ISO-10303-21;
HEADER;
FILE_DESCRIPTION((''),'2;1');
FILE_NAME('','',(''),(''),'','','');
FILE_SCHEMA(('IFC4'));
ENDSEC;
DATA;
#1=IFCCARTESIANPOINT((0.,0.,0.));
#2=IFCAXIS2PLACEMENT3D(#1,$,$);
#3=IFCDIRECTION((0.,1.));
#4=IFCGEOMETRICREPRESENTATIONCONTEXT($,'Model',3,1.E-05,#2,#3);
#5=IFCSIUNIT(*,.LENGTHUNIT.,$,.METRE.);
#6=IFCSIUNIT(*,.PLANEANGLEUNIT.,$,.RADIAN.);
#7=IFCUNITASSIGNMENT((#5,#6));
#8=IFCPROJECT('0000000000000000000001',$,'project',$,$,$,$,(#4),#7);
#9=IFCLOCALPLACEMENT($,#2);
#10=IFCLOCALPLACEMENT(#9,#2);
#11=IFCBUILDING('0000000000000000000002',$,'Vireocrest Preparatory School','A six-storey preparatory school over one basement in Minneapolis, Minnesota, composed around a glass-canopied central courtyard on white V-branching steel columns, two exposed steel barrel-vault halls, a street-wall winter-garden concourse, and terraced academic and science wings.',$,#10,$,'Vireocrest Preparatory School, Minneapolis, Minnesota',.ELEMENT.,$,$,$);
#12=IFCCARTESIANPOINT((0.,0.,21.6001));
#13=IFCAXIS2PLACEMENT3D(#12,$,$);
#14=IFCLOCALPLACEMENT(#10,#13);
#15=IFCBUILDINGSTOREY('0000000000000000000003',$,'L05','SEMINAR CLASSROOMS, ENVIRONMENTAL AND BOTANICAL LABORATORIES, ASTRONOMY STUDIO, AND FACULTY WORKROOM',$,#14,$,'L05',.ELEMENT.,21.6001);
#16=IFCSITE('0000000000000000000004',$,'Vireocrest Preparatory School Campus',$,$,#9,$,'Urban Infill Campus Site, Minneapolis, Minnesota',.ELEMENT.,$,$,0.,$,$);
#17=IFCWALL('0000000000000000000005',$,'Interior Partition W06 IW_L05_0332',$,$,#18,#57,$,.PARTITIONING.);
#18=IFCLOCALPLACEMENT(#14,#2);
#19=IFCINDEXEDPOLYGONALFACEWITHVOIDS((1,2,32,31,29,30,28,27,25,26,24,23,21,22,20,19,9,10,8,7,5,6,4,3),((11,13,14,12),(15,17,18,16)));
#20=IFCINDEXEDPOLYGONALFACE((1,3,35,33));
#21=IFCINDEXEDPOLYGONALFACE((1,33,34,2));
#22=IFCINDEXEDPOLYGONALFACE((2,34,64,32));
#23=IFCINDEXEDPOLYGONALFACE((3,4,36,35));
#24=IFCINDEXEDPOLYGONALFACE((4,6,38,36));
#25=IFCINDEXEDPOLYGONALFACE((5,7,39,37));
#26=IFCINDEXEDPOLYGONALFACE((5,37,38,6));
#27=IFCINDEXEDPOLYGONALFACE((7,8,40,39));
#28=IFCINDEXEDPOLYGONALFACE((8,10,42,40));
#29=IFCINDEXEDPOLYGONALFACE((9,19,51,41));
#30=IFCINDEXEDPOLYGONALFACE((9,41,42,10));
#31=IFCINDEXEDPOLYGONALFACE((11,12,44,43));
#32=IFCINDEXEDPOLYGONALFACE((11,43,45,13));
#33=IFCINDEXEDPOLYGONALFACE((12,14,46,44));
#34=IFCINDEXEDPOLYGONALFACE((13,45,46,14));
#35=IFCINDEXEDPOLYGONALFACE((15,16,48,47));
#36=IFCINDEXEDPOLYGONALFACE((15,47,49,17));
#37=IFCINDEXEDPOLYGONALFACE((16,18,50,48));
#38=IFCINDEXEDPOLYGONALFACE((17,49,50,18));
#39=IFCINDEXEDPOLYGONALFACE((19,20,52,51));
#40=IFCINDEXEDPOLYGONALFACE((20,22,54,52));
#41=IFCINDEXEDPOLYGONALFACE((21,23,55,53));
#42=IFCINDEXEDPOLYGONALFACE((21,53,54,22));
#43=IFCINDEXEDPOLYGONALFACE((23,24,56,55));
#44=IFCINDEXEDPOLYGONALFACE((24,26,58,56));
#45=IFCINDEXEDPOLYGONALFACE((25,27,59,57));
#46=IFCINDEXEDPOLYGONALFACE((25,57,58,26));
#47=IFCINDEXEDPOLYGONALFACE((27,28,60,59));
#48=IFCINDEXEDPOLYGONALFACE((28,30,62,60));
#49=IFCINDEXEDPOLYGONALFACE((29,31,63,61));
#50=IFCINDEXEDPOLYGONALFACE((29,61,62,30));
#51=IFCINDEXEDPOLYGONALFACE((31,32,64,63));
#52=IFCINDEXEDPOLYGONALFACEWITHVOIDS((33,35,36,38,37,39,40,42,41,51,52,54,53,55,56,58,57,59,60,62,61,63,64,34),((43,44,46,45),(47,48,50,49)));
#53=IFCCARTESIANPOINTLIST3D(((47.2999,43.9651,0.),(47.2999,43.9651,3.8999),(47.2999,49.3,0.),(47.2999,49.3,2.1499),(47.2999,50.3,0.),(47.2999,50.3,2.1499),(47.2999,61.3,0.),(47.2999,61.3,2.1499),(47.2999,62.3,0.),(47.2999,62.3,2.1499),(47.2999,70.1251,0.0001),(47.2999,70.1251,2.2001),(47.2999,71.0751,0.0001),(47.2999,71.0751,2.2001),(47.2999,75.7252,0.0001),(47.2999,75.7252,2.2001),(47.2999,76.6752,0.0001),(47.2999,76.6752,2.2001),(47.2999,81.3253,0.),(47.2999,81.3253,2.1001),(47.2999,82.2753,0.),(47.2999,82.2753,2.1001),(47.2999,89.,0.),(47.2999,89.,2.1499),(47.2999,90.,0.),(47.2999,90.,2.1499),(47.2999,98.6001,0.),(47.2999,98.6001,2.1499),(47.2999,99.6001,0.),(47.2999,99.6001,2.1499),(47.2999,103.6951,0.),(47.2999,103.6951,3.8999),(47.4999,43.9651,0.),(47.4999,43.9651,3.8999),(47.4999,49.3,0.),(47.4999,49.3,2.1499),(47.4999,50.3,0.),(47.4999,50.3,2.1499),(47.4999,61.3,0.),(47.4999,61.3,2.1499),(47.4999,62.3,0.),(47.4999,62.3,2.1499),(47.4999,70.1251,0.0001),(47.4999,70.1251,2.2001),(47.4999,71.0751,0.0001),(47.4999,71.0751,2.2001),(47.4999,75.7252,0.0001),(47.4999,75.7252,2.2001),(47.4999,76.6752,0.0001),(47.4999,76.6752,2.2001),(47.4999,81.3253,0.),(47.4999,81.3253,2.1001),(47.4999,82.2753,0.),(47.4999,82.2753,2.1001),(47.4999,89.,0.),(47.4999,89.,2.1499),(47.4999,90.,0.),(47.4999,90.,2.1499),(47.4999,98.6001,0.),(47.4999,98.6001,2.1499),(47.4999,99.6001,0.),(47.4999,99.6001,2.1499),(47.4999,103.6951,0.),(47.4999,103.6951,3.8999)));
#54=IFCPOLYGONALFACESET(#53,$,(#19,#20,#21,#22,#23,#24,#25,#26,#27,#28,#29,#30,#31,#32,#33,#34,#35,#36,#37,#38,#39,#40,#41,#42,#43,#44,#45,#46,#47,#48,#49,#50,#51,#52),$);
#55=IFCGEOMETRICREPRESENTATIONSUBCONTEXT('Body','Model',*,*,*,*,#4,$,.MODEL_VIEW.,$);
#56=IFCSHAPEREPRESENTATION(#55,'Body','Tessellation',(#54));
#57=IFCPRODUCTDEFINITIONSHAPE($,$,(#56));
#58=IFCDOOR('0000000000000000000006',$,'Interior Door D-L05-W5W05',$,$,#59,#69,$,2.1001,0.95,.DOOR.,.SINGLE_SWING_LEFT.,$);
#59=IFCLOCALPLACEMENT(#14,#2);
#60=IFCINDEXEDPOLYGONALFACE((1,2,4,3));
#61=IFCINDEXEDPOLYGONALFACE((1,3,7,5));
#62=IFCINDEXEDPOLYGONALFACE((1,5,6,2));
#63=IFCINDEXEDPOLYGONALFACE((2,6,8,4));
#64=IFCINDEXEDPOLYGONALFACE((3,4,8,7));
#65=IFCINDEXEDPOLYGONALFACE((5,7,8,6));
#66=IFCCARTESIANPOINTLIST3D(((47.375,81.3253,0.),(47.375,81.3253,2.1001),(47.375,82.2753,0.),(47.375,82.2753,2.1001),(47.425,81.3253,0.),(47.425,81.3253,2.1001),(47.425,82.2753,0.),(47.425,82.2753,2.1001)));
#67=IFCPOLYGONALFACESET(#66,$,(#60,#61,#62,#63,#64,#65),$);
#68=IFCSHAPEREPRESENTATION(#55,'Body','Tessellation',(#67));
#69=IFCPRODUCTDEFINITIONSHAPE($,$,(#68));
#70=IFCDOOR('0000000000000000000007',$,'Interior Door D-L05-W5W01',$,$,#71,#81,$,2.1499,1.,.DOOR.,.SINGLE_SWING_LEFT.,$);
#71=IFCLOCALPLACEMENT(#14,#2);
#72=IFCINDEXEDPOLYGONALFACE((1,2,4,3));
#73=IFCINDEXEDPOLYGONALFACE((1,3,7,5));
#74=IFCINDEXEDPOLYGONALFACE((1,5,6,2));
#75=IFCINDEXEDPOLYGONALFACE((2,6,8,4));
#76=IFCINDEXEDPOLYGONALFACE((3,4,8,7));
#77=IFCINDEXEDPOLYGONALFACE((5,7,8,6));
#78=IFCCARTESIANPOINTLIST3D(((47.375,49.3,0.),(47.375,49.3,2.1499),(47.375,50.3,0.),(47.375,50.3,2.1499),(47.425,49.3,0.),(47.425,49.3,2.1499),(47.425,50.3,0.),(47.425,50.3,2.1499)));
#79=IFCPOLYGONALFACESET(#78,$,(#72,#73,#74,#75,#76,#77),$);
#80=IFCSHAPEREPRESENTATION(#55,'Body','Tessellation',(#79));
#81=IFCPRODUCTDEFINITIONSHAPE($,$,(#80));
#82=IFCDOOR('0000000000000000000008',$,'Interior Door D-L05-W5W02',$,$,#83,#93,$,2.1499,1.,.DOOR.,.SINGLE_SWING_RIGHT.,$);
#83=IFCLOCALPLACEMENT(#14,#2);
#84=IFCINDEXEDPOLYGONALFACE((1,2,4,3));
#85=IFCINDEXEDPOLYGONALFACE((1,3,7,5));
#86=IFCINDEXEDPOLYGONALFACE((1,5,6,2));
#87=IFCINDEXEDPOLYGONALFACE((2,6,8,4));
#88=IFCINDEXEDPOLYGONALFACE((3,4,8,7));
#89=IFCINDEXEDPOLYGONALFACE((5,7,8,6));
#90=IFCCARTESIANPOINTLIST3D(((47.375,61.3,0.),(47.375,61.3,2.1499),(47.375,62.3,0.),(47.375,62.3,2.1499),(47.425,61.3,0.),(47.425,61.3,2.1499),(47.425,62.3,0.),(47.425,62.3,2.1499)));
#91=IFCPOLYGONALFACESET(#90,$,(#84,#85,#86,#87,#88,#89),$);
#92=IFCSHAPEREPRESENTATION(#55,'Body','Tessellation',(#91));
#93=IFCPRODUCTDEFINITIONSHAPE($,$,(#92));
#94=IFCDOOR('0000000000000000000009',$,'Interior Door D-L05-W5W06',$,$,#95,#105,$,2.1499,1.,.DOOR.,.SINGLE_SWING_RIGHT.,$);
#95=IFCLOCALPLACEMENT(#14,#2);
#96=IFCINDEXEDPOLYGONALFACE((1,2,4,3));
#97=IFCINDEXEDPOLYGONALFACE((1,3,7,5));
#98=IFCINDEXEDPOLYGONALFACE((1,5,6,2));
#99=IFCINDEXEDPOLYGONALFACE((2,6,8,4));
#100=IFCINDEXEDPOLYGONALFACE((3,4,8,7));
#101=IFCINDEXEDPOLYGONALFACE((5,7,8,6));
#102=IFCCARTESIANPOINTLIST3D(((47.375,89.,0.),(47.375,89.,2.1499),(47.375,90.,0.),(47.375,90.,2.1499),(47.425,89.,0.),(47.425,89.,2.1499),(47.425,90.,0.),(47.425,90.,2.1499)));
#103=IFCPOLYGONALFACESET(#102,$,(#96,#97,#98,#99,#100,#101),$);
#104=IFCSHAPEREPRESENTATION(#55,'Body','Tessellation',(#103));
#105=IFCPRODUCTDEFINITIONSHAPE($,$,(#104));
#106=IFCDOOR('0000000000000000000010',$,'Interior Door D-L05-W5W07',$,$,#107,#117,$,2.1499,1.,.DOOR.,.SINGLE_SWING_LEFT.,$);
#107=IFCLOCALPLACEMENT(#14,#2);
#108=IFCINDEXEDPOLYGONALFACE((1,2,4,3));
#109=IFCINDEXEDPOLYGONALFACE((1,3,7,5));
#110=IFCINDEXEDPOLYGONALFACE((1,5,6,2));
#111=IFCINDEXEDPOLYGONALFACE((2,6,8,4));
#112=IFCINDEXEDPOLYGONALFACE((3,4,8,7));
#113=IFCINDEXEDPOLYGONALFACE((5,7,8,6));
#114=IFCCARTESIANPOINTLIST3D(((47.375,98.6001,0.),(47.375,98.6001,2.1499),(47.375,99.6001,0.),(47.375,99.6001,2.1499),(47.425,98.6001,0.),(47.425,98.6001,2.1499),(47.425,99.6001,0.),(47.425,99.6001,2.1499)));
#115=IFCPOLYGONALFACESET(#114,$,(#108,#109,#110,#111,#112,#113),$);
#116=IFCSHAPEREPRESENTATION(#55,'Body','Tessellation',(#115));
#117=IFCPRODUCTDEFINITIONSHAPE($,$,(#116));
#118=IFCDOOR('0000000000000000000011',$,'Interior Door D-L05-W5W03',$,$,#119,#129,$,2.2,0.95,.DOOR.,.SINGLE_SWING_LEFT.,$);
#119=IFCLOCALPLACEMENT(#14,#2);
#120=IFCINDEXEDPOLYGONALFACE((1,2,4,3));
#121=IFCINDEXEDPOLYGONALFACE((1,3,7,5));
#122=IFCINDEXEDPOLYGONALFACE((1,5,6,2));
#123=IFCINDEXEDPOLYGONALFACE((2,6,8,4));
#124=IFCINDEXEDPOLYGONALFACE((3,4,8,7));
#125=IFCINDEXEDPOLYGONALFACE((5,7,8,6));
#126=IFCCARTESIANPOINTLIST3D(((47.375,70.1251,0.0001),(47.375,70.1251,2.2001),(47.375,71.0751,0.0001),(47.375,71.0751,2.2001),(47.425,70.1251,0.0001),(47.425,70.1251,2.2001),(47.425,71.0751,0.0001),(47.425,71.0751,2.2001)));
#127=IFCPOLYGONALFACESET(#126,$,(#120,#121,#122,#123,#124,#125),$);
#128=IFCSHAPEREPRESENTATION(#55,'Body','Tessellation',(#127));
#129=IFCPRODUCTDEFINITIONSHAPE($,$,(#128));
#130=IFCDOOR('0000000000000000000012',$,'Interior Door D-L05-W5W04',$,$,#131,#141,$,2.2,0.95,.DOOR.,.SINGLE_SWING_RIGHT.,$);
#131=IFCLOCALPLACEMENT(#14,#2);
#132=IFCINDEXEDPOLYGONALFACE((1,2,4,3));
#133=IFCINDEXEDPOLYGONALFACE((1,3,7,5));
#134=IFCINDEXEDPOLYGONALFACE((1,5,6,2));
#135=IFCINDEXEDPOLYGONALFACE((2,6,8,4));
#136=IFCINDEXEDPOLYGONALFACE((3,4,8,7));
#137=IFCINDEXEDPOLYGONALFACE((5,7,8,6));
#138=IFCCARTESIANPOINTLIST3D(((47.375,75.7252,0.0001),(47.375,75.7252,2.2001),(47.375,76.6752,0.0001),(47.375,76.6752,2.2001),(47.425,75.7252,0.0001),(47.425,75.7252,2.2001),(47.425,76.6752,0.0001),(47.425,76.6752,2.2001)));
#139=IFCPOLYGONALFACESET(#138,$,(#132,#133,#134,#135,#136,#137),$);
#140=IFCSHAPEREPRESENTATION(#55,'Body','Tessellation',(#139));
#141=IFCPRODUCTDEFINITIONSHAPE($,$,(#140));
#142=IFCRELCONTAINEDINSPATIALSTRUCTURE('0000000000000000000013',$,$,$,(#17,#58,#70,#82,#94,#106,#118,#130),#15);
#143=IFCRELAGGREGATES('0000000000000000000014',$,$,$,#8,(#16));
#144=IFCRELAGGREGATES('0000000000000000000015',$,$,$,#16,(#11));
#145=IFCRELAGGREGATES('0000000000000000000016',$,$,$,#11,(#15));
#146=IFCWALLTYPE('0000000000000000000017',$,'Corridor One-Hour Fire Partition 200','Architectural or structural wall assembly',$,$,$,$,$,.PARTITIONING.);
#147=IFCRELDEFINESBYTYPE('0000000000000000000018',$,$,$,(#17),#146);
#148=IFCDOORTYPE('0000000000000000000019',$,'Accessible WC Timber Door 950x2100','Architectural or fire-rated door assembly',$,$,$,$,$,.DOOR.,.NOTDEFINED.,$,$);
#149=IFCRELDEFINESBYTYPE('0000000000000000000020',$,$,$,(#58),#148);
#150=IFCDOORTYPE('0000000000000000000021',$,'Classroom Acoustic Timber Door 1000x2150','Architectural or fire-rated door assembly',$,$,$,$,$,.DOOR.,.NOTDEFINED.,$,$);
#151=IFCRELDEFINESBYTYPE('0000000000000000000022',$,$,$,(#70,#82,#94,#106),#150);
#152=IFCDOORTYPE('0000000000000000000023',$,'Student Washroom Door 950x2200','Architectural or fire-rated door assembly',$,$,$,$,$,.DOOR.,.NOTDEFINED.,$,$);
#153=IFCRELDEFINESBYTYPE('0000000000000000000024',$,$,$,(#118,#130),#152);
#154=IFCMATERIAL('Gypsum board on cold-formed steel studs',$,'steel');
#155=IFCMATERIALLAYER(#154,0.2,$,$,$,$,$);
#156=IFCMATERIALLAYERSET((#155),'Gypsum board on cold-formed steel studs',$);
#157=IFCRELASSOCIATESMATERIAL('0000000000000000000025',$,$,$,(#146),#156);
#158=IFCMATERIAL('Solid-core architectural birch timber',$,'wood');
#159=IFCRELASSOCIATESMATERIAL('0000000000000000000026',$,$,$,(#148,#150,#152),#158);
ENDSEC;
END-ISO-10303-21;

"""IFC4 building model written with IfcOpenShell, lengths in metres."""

from ifc_helpers import new_model, si_unit, direction, frame, frame_2d, origin, place, context, subcontext, project, spatial, rectangle, extrude, material, layer, layer_set, type_object, element, fill, save


model = new_model("IFC4")

# Units and contexts
model_context = context("Model", 3, precision=1e-05, world=origin(), true_north=direction((0.0, 1.0)))
body_context = subcontext(model_context, "Body", "Model", "MODEL_VIEW")
ifc_project = project(units=[si_unit("LENGTHUNIT", "METRE"), si_unit("PLANEANGLEUNIT", "RADIAN")], contexts=[model_context])

# Site, building, storey
site_placement = place(None, origin())
site = spatial("IfcSite", under=ifc_project, at=site_placement, Name="Vireocrest Preparatory School Campus", LongName="Urban Infill Campus Site, Minneapolis, Minnesota", CompositionType="ELEMENT", RefElevation=0.0)
building_placement = place(site_placement, origin())
building = spatial("IfcBuilding", under=site, at=building_placement, Name="Vireocrest Preparatory School", Description="A six-storey preparatory school over one basement in Minneapolis, Minnesota, composed around a glass-canopied central courtyard on white V-branching steel columns, two exposed steel barrel-vault halls, a street-wall winter-garden concourse, and terraced academic and science wings.", LongName="Vireocrest Preparatory School, Minneapolis, Minnesota", CompositionType="ELEMENT")
storey_placement = place(building_placement, frame((0.0, 0.0, 21.6001)))
storey = spatial("IfcBuildingStorey", under=building, at=storey_placement, Name="L05", Description="SEMINAR CLASSROOMS, ENVIRONMENTAL AND BOTANICAL LABORATORIES, ASTRONOMY STUDIO, AND FACULTY WORKROOM", LongName="L05", CompositionType="ELEMENT", Elevation=21.6001)

# Wall, openings, doors
ifc_material_1 = material(Name="Gypsum board on cold-formed steel studs", Category="steel")
ifc_layer_1 = layer(ifc_material_1, 0.2)
ifc_layer_set_1 = layer_set([ifc_layer_1], Name="Gypsum board on cold-formed steel studs")
wall_type_1 = type_object("IfcWallType", Name="Corridor One-Hour Fire Partition 200", Description="Architectural or structural wall assembly", PredefinedType="PARTITIONING", material=ifc_layer_set_1)
wall_1_placement = place(storey_placement, frame((47.3999, 43.9651, 0.0), z_axis=(0.0, 0.0, 1.0), x_axis=(0.0, 1.0, 0.0)))
wall_1 = element("IfcWall", 1, at=wall_1_placement, inside=storey, type_object=wall_type_1, Name="Interior Partition W06 IW_L05_0332", PredefinedType="PARTITIONING", context=body_context, shape_type="SweptSolid", body=[
    extrude(rectangle(XDim=59.73, YDim=0.2, at=frame_2d((29.865, 0.0))), origin(), (0.0, 0.0, 1.0), 3.8999),
])
opening_1_placement = place(wall_1_placement, frame((5.335, 0.0, 0.0)))
opening_1 = element("IfcOpeningElement", 2, at=opening_1_placement, cuts=wall_1, PredefinedType="OPENING", context=body_context, shape_type="SweptSolid", body=[
    extrude(rectangle(XDim=1.0, YDim=2.1499, at=frame_2d((0.5, 1.075))), frame((0.0, 0.1099, 0.0), z_axis=(0.0, -1.0, 0.0), x_axis=(1.0, 0.0, 0.0)), (0.0, 0.0, 1.0), 0.22),
])
opening_2_placement = place(wall_1_placement, frame((17.335, 0.0, 0.0)))
opening_2 = element("IfcOpeningElement", 3, at=opening_2_placement, cuts=wall_1, PredefinedType="OPENING", context=body_context, shape_type="SweptSolid", body=[
    extrude(rectangle(XDim=1.0, YDim=2.1499, at=frame_2d((0.5, 1.075))), frame((0.0, 0.1099, 0.0), z_axis=(0.0, -1.0, 0.0), x_axis=(1.0, 0.0, 0.0)), (0.0, 0.0, 1.0), 0.22),
])
opening_3_placement = place(wall_1_placement, frame((26.1599, 0.0, 0.0)))
opening_3 = element("IfcOpeningElement", 4, at=opening_3_placement, cuts=wall_1, PredefinedType="OPENING", context=body_context, shape_type="SweptSolid", body=[
    extrude(rectangle(XDim=0.95, YDim=2.2, at=frame_2d((0.4751, 1.1001))), frame((0.0, 0.1099, 0.0), z_axis=(0.0, -1.0, 0.0), x_axis=(1.0, 0.0, 0.0)), (0.0, 0.0, 1.0), 0.22),
])
opening_4_placement = place(wall_1_placement, frame((31.76, 0.0, 0.0)))
opening_4 = element("IfcOpeningElement", 5, at=opening_4_placement, cuts=wall_1, PredefinedType="OPENING", context=body_context, shape_type="SweptSolid", body=[
    extrude(rectangle(XDim=0.95, YDim=2.2, at=frame_2d((0.4751, 1.1001))), frame((0.0, 0.1099, 0.0), z_axis=(0.0, -1.0, 0.0), x_axis=(1.0, 0.0, 0.0)), (0.0, 0.0, 1.0), 0.22),
])
opening_5_placement = place(wall_1_placement, frame((37.3601, 0.0, 0.0)))
opening_5 = element("IfcOpeningElement", 6, at=opening_5_placement, cuts=wall_1, PredefinedType="OPENING", context=body_context, shape_type="SweptSolid", body=[
    extrude(rectangle(XDim=0.95, YDim=2.1001, at=frame_2d((0.4751, 1.05))), frame((0.0, 0.1099, 0.0), z_axis=(0.0, -1.0, 0.0), x_axis=(1.0, 0.0, 0.0)), (0.0, 0.0, 1.0), 0.22),
])
opening_6_placement = place(wall_1_placement, frame((45.0349, 0.0, 0.0)))
opening_6 = element("IfcOpeningElement", 7, at=opening_6_placement, cuts=wall_1, PredefinedType="OPENING", context=body_context, shape_type="SweptSolid", body=[
    extrude(rectangle(XDim=1.0, YDim=2.1499, at=frame_2d((0.5, 1.075))), frame((0.0, 0.1099, 0.0), z_axis=(0.0, -1.0, 0.0), x_axis=(1.0, 0.0, 0.0)), (0.0, 0.0, 1.0), 0.22),
])
opening_7_placement = place(wall_1_placement, frame((54.635, 0.0, 0.0)))
opening_7 = element("IfcOpeningElement", 8, at=opening_7_placement, cuts=wall_1, PredefinedType="OPENING", context=body_context, shape_type="SweptSolid", body=[
    extrude(rectangle(XDim=1.0, YDim=2.1499, at=frame_2d((0.5, 1.075))), frame((0.0, 0.1099, 0.0), z_axis=(0.0, -1.0, 0.0), x_axis=(1.0, 0.0, 0.0)), (0.0, 0.0, 1.0), 0.22),
])
ifc_material_2 = material(Name="Solid-core architectural birch timber", Category="wood")
door_type_1 = type_object("IfcDoorType", Name="Accessible WC Timber Door 950x2100", Description="Architectural or fire-rated door assembly", OperationType="NOTDEFINED", PredefinedType="DOOR", material=ifc_material_2)
door_1_placement = place(opening_5_placement, origin())
door_1 = element("IfcDoor", 9, at=door_1_placement, inside=storey, type_object=door_type_1, Name="Interior Door D-L05-W5W05", OperationType="SINGLE_SWING_LEFT", OverallHeight=2.1001, OverallWidth=0.95, PredefinedType="DOOR", context=body_context, shape_type="SweptSolid", body=[
    extrude(rectangle(XDim=0.95, YDim=2.1001, at=frame_2d((0.4751, 1.05))), frame((0.0, 0.0249, 0.0), z_axis=(0.0, -1.0, 0.0), x_axis=(1.0, 0.0, 0.0)), (0.0, 0.0, 1.0), 0.05),
])
fill(opening_5, door_1)
door_type_2 = type_object("IfcDoorType", Name="Classroom Acoustic Timber Door 1000x2150", Description="Architectural or fire-rated door assembly", OperationType="NOTDEFINED", PredefinedType="DOOR", material=ifc_material_2)
door_2_placement = place(opening_1_placement, origin())
door_2 = element("IfcDoor", 10, at=door_2_placement, inside=storey, type_object=door_type_2, Name="Interior Door D-L05-W5W01", OperationType="SINGLE_SWING_LEFT", OverallHeight=2.1499, OverallWidth=1.0, PredefinedType="DOOR", context=body_context, shape_type="SweptSolid", body=[
    extrude(rectangle(XDim=1.0, YDim=2.1499, at=frame_2d((0.5, 1.075))), frame((0.0, 0.0249, 0.0), z_axis=(0.0, -1.0, 0.0), x_axis=(1.0, 0.0, 0.0)), (0.0, 0.0, 1.0), 0.05),
])
fill(opening_1, door_2)
door_3_placement = place(opening_2_placement, origin())
door_3 = element("IfcDoor", 11, at=door_3_placement, inside=storey, type_object=door_type_2, Name="Interior Door D-L05-W5W02", OperationType="SINGLE_SWING_RIGHT", OverallHeight=2.1499, OverallWidth=1.0, PredefinedType="DOOR", context=body_context, shape_type="SweptSolid", body=[
    extrude(rectangle(XDim=1.0, YDim=2.1499, at=frame_2d((0.5, 1.075))), frame((0.0, 0.0249, 0.0), z_axis=(0.0, -1.0, 0.0), x_axis=(1.0, 0.0, 0.0)), (0.0, 0.0, 1.0), 0.05),
])
fill(opening_2, door_3)
door_4_placement = place(opening_6_placement, origin())
door_4 = element("IfcDoor", 12, at=door_4_placement, inside=storey, type_object=door_type_2, Name="Interior Door D-L05-W5W06", OperationType="SINGLE_SWING_RIGHT", OverallHeight=2.1499, OverallWidth=1.0, PredefinedType="DOOR", context=body_context, shape_type="SweptSolid", body=[
    extrude(rectangle(XDim=1.0, YDim=2.1499, at=frame_2d((0.5, 1.075))), frame((0.0, 0.0249, 0.0), z_axis=(0.0, -1.0, 0.0), x_axis=(1.0, 0.0, 0.0)), (0.0, 0.0, 1.0), 0.05),
])
fill(opening_6, door_4)
door_5_placement = place(opening_7_placement, origin())
door_5 = element("IfcDoor", 13, at=door_5_placement, inside=storey, type_object=door_type_2, Name="Interior Door D-L05-W5W07", OperationType="SINGLE_SWING_LEFT", OverallHeight=2.1499, OverallWidth=1.0, PredefinedType="DOOR", context=body_context, shape_type="SweptSolid", body=[
    extrude(rectangle(XDim=1.0, YDim=2.1499, at=frame_2d((0.5, 1.075))), frame((0.0, 0.0249, 0.0), z_axis=(0.0, -1.0, 0.0), x_axis=(1.0, 0.0, 0.0)), (0.0, 0.0, 1.0), 0.05),
])
fill(opening_7, door_5)
door_type_3 = type_object("IfcDoorType", Name="Student Washroom Door 950x2200", Description="Architectural or fire-rated door assembly", OperationType="NOTDEFINED", PredefinedType="DOOR", material=ifc_material_2)
door_6_placement = place(opening_3_placement, origin())
door_6 = element("IfcDoor", 14, at=door_6_placement, inside=storey, type_object=door_type_3, Name="Interior Door D-L05-W5W03", OperationType="SINGLE_SWING_LEFT", OverallHeight=2.2, OverallWidth=0.95, PredefinedType="DOOR", context=body_context, shape_type="SweptSolid", body=[
    extrude(rectangle(XDim=0.95, YDim=2.2, at=frame_2d((0.4751, 1.1001))), frame((0.0, 0.0249, 0.0), z_axis=(0.0, -1.0, 0.0), x_axis=(1.0, 0.0, 0.0)), (0.0, 0.0, 1.0), 0.05),
])
fill(opening_3, door_6)
door_7_placement = place(opening_4_placement, origin())
door_7 = element("IfcDoor", 15, at=door_7_placement, inside=storey, type_object=door_type_3, Name="Interior Door D-L05-W5W04", OperationType="SINGLE_SWING_RIGHT", OverallHeight=2.2, OverallWidth=0.95, PredefinedType="DOOR", context=body_context, shape_type="SweptSolid", body=[
    extrude(rectangle(XDim=0.95, YDim=2.2, at=frame_2d((0.4751, 1.1001))), frame((0.0, 0.0249, 0.0), z_axis=(0.0, -1.0, 0.0), x_axis=(1.0, 0.0, 0.0)), (0.0, 0.0, 1.0), 0.05),
])
fill(opening_4, door_7)

save(model, "model.ifc")
